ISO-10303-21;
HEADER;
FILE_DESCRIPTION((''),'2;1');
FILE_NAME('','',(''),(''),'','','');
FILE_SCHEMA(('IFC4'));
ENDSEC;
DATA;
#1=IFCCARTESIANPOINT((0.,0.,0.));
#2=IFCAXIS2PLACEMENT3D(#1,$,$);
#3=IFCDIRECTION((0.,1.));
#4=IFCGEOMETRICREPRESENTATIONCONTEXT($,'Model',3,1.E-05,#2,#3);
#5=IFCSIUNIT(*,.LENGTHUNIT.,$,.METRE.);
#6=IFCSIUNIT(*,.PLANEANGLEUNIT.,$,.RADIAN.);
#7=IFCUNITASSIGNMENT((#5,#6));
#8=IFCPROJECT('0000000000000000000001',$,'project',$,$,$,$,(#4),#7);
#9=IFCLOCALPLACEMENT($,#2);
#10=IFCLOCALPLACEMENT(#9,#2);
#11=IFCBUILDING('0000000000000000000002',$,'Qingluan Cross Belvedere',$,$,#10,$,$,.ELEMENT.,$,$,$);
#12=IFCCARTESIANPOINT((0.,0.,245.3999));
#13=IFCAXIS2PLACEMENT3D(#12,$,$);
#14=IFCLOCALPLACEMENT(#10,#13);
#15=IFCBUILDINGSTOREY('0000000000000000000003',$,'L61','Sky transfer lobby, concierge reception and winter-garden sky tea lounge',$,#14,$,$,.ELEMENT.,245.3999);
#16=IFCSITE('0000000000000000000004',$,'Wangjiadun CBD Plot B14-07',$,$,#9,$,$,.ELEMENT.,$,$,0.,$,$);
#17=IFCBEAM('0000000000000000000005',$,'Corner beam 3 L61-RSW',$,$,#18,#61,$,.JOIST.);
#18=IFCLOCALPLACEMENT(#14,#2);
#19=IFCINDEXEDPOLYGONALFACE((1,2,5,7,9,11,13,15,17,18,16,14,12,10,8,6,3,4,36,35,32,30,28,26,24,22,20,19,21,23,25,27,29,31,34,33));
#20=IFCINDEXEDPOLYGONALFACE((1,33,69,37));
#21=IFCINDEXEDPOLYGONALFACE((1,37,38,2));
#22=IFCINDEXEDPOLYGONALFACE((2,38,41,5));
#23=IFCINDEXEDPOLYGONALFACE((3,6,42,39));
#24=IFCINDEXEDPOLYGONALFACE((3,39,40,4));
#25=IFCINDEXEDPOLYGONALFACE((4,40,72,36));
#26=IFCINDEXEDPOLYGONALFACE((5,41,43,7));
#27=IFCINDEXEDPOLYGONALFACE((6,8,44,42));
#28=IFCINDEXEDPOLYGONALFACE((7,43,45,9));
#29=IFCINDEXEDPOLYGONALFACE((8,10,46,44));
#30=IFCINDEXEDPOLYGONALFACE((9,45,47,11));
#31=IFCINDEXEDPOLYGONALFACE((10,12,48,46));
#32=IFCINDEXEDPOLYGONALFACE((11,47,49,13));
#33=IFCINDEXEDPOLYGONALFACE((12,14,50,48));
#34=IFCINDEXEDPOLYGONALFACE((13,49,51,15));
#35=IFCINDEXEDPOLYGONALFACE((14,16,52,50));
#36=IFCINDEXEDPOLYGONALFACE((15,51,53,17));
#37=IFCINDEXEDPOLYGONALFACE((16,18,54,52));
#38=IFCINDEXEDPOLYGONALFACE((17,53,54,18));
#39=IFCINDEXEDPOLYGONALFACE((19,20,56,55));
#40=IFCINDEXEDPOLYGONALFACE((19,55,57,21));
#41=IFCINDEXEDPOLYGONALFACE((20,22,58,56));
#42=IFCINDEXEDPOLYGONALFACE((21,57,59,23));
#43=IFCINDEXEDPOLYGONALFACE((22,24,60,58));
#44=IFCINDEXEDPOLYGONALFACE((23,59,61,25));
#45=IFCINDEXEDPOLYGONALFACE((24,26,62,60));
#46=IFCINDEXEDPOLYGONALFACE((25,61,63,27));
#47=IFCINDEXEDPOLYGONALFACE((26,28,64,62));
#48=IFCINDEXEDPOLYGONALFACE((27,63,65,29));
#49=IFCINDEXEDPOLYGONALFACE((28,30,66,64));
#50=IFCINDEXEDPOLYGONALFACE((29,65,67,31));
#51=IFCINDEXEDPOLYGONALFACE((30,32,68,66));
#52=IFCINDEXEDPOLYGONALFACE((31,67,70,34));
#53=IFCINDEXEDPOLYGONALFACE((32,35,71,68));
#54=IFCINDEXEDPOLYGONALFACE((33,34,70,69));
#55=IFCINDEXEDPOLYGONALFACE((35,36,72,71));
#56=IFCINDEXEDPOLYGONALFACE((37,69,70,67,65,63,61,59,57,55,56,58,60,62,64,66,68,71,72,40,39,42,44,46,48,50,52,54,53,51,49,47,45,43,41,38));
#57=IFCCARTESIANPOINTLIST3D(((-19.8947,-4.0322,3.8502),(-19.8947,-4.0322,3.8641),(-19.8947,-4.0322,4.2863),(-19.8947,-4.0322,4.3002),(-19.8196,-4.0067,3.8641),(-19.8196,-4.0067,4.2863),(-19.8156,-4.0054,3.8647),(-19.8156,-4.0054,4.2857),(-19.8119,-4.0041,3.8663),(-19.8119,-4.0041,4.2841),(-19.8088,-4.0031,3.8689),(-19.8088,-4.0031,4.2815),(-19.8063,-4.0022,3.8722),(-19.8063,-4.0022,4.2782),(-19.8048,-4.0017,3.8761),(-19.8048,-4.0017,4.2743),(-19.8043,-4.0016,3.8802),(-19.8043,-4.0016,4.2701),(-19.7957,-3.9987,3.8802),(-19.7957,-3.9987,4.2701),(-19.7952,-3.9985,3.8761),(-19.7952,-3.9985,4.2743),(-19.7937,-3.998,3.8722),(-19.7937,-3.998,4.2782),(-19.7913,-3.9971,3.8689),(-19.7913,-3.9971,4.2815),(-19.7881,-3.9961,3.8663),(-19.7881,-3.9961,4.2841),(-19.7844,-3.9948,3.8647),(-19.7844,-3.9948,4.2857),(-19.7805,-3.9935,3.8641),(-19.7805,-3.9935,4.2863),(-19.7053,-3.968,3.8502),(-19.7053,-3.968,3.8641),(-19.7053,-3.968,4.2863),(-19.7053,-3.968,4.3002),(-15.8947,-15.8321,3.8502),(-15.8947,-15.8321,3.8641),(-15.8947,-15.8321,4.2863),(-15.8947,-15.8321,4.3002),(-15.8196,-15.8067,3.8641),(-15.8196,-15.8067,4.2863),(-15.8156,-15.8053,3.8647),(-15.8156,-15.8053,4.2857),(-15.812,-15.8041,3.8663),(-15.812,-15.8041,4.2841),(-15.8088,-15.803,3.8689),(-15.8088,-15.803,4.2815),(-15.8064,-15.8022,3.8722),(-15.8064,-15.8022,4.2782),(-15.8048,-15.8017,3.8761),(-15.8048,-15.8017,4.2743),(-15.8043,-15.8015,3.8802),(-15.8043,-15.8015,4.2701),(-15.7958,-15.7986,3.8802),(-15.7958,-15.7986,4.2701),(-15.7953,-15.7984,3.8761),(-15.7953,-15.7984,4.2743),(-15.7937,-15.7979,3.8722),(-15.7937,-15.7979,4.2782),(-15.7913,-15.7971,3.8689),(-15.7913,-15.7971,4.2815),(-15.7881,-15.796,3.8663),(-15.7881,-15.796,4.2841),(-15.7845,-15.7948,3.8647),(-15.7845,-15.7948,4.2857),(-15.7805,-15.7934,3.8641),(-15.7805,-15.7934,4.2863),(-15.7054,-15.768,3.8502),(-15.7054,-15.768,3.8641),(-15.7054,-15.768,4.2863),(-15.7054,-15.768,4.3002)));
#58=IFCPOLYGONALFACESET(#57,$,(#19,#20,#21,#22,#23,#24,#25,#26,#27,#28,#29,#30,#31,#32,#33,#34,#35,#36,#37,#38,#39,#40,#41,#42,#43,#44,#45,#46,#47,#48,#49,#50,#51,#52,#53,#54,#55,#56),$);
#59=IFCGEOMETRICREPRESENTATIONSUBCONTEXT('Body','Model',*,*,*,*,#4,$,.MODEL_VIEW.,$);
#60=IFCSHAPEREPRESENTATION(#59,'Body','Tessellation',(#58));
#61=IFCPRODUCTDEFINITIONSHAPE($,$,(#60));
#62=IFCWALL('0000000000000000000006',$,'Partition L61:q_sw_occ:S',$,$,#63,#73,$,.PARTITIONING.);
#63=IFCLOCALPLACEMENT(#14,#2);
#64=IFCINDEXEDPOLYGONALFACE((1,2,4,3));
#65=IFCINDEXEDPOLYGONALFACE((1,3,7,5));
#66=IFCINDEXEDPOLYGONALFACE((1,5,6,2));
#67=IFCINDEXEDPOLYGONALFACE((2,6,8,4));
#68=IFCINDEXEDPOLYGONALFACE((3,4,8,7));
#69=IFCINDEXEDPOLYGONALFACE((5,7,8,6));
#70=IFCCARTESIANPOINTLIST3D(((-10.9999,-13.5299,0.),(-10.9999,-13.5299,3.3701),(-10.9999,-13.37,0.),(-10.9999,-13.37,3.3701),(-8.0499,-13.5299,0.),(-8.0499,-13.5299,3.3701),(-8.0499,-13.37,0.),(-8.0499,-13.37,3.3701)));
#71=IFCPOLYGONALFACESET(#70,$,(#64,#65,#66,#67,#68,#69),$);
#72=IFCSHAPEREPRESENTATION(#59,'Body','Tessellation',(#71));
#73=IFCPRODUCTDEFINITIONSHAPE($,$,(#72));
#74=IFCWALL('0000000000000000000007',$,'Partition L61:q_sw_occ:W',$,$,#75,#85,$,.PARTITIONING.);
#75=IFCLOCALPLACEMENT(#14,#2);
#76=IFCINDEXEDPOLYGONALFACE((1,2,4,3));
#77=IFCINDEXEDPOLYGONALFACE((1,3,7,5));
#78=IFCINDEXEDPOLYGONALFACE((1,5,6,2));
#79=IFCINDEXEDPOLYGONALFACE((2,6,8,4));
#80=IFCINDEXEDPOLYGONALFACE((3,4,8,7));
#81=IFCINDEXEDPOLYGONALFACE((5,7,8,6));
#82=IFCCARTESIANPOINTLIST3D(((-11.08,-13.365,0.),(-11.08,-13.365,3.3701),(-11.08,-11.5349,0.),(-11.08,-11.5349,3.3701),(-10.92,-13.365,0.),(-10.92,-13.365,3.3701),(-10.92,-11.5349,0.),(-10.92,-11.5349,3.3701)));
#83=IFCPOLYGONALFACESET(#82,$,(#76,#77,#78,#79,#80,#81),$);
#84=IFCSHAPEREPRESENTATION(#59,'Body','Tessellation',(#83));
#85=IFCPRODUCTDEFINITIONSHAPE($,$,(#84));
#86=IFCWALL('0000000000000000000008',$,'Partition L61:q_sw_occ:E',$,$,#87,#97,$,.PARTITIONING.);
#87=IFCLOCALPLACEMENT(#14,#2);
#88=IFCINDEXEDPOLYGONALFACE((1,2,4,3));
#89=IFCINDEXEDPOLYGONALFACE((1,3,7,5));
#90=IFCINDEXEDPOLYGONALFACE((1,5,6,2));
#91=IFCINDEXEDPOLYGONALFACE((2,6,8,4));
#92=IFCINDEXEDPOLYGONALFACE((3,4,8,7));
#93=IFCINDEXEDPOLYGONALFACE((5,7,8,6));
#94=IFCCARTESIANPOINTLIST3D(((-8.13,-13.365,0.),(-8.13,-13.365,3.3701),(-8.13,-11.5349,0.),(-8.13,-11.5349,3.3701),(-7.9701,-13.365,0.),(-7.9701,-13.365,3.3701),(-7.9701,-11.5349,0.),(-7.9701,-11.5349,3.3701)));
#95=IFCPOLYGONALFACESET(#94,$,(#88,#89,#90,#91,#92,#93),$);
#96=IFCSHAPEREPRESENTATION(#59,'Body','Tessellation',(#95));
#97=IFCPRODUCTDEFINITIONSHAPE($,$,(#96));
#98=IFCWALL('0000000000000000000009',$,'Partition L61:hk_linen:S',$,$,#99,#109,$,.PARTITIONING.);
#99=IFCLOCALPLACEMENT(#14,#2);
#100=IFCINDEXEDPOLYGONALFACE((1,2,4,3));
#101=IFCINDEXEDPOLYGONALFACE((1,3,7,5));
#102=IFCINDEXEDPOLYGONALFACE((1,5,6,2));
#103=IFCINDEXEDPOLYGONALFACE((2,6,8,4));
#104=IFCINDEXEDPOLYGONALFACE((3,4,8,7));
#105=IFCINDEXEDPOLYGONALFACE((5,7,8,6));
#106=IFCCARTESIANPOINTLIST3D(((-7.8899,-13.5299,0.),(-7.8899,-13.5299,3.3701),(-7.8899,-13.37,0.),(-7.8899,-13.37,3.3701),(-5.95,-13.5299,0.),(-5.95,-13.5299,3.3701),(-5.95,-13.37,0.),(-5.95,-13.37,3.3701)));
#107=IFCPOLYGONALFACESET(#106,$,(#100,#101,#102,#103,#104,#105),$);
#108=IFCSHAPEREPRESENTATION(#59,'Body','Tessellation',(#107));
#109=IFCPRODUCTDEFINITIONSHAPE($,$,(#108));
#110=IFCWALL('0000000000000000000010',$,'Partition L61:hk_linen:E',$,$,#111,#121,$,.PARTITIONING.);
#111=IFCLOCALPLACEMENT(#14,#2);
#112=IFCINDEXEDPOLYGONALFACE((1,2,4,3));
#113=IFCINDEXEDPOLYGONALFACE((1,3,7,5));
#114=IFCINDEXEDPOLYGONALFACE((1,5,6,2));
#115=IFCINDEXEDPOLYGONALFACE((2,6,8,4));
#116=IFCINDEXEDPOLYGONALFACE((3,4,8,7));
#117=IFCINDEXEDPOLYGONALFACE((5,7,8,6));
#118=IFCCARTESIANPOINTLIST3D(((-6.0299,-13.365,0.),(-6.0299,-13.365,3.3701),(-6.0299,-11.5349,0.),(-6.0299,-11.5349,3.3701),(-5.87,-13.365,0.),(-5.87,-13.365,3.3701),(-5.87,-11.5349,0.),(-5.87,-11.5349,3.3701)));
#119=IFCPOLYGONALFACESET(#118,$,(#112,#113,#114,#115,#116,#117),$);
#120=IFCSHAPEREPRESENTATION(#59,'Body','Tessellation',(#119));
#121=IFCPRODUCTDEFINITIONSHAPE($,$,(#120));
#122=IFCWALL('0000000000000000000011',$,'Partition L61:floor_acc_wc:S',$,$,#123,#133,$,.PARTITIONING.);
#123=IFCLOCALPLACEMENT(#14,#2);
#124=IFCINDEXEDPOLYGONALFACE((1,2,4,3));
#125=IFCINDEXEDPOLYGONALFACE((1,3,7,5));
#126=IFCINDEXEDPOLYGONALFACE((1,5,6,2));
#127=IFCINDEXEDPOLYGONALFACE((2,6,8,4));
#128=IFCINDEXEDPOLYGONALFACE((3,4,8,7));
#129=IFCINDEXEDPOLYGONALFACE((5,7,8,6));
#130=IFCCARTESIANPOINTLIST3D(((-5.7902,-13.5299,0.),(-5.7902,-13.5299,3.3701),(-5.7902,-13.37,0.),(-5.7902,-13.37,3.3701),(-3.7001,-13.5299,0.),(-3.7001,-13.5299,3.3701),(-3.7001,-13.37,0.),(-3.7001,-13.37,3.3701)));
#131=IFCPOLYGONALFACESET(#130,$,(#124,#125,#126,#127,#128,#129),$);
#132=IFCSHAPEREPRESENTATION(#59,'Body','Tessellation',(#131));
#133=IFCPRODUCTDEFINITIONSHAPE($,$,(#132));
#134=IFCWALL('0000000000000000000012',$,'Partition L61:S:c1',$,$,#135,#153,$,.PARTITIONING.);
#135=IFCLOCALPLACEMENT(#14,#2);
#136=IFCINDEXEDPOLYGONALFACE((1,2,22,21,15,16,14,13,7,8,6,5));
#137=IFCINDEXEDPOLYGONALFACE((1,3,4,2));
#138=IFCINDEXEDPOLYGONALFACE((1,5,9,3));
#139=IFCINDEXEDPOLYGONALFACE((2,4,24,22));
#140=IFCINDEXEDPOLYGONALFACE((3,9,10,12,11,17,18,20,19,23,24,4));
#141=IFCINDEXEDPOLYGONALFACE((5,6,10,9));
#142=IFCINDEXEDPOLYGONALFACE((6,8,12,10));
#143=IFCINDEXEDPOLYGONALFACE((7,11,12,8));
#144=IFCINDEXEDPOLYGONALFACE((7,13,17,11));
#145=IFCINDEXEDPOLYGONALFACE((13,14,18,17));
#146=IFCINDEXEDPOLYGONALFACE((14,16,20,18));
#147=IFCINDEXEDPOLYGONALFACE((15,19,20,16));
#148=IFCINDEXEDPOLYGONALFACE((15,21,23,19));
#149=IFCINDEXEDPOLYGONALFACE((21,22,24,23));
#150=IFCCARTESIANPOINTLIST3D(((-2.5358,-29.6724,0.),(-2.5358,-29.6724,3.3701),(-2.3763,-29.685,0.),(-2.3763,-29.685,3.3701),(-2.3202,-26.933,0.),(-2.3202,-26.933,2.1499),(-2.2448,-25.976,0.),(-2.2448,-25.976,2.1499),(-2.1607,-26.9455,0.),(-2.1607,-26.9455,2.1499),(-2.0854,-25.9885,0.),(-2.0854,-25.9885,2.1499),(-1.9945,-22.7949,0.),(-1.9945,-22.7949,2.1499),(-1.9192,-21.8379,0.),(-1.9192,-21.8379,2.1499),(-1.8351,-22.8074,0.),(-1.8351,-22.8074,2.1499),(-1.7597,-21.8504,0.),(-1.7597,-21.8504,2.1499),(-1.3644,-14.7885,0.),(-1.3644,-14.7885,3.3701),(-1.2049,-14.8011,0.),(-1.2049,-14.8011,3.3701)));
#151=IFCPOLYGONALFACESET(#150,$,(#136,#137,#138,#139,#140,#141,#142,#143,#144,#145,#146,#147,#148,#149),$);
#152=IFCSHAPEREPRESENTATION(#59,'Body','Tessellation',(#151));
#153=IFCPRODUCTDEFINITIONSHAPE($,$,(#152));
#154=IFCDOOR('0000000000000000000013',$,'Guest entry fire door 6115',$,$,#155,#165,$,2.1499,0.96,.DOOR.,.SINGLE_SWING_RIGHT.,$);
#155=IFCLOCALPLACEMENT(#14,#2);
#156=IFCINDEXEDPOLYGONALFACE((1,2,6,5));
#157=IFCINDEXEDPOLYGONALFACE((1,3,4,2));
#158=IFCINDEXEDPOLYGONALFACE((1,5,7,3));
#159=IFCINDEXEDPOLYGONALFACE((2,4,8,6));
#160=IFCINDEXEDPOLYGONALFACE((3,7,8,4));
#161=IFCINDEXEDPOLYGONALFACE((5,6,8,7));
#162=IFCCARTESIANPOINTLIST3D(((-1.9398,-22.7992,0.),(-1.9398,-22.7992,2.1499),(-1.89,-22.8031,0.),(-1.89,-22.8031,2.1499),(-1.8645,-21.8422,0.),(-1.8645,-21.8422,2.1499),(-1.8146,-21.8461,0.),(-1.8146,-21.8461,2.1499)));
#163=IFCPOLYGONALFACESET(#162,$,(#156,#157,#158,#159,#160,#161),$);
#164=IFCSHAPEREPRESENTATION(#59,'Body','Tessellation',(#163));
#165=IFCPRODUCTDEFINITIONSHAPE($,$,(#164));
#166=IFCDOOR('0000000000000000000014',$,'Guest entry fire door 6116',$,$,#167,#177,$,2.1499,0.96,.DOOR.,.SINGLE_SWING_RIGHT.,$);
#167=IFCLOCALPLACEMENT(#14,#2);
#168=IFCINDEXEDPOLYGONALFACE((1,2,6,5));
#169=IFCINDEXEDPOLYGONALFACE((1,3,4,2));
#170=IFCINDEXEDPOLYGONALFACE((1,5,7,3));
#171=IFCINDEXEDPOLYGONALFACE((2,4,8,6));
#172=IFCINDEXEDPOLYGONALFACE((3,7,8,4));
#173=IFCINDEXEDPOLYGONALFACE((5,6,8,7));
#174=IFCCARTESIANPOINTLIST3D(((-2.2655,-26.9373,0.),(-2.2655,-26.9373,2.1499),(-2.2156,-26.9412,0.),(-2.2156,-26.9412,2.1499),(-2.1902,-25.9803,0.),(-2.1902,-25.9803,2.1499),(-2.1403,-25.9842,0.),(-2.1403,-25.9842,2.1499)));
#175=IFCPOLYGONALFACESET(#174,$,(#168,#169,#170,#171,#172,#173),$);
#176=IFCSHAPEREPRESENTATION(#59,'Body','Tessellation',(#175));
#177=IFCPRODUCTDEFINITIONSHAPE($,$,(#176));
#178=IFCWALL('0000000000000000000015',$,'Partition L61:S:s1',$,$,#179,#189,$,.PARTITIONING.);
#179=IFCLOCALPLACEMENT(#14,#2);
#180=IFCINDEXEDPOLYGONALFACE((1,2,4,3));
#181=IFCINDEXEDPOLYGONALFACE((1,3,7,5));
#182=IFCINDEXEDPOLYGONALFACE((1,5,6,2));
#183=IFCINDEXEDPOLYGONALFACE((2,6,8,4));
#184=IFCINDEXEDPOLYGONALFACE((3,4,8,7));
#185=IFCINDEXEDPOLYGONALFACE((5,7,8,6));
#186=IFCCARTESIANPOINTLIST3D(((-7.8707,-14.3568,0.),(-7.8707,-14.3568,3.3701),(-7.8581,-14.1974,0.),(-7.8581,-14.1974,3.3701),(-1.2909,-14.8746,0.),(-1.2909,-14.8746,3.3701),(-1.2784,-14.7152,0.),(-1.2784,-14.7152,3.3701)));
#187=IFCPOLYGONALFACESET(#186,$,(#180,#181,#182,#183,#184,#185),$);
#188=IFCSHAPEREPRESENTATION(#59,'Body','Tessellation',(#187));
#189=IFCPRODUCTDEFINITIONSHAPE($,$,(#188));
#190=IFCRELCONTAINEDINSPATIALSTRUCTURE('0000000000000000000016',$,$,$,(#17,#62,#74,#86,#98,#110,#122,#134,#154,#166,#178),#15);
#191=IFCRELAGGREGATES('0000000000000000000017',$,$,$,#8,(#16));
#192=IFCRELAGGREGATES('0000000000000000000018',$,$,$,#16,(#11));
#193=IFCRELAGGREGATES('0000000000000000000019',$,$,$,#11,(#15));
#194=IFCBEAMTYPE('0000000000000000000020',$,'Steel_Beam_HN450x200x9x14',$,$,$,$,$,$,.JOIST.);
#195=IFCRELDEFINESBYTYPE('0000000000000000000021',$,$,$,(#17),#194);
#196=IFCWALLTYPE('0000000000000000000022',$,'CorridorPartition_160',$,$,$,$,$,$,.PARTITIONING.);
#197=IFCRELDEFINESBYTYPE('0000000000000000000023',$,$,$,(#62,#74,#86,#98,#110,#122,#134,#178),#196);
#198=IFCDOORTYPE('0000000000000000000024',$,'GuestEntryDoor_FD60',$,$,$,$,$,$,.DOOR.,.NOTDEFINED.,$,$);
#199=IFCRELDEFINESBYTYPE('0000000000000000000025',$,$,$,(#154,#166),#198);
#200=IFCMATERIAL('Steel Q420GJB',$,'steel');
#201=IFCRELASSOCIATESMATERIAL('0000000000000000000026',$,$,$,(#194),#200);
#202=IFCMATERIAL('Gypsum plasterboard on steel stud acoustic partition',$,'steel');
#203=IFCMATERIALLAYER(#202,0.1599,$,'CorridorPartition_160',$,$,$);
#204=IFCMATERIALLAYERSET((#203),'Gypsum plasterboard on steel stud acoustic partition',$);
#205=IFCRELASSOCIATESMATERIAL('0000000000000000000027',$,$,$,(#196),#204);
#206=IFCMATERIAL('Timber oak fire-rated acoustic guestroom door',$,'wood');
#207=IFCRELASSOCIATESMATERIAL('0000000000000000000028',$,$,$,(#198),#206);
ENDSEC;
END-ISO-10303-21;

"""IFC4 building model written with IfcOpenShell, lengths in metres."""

from ifc_helpers import new_model, si_unit, direction, frame, frame_2d, origin, origin_2d, place, context, subcontext, project, spatial, rectangle, i_section, extrude, material, layer, layer_set, material_profile, profile_set, type_object, element, fill, save


model = new_model("IFC4")

# Units and contexts
model_context = context("Model", 3, precision=1e-05, world=origin(), true_north=direction((0.0, 1.0)))
body_context = subcontext(model_context, "Body", "Model", "MODEL_VIEW")
ifc_project = project(units=[si_unit("LENGTHUNIT", "METRE"), si_unit("PLANEANGLEUNIT", "RADIAN")], contexts=[model_context])

# Site, building, storey
site_placement = place(None, origin())
site = spatial("IfcSite", under=ifc_project, at=site_placement, Name="Wangjiadun CBD Plot B14-07", CompositionType="ELEMENT", RefElevation=0.0)
building_placement = place(site_placement, origin())
building = spatial("IfcBuilding", under=site, at=building_placement, Name="Qingluan Cross Belvedere", CompositionType="ELEMENT")
storey_placement = place(building_placement, frame((0.0, 0.0, 245.3999)))
storey = spatial("IfcBuildingStorey", under=building, at=storey_placement, Name="L61", Description="Sky transfer lobby, concierge reception and winter-garden sky tea lounge", CompositionType="ELEMENT", Elevation=245.3999)

# Beam
ifc_material_1 = material(Name="Steel Q420GJB", Category="steel")
ifc_material_profile = material_profile(ifc_material_1, i_section(OverallWidth=0.2, OverallDepth=0.45, WebThickness=0.009, FlangeThickness=0.0139, FilletRadius=0.0161, at=origin_2d()), Name="HN450x200x9x14")
ifc_profile_set = profile_set([ifc_material_profile], Name="Steel Q420GJB")
beam_type = type_object("IfcBeamType", Name="Steel_Beam_HN450x200x9x14", PredefinedType="JOIST", material=ifc_profile_set)
beam_placement = place(storey_placement, frame((-15.8, -15.8, 4.0752), z_axis=(-0.321038, 0.947066, 0.0), x_axis=(-0.947066, -0.321038, 0.0)))
element("IfcBeam", 1, at=beam_placement, inside=storey, type_object=beam_type, Name="Corner beam 3 L61-RSW", PredefinedType="JOIST", context=body_context, shape_type="SweptSolid", body=[
    extrude(i_section(OverallWidth=0.2, OverallDepth=0.45, WebThickness=0.009, FlangeThickness=0.0139, FilletRadius=0.0161, at=origin_2d()), origin(), (0.0, 0.0, 1.0), 12.4595),
])

# Walls
ifc_material_2 = material(Name="Gypsum plasterboard on steel stud acoustic partition", Category="steel")
ifc_layer_1 = layer(ifc_material_2, 0.1599, Name="CorridorPartition_160")
ifc_layer_set_1 = layer_set([ifc_layer_1], Name="Gypsum plasterboard on steel stud acoustic partition")
wall_type_1 = type_object("IfcWallType", Name="CorridorPartition_160", PredefinedType="PARTITIONING", material=ifc_layer_set_1)
wall_1_placement = place(storey_placement, frame((-11.0, -13.45, 0.0), z_axis=(0.0, 0.0, 1.0), x_axis=(1.0, 0.0, 0.0)))
element("IfcWall", 2, at=wall_1_placement, inside=storey, type_object=wall_type_1, Name="Partition L61:q_sw_occ:S", PredefinedType="PARTITIONING", context=body_context, shape_type="SweptSolid", body=[
    extrude(rectangle(XDim=2.95, YDim=0.1599, at=frame_2d((1.4751, 0.0))), origin(), (0.0, 0.0, 1.0), 3.3701),
])
for number, where, z_axis, x_axis, name in (
    (3, (-11.0, -13.365, 0.0), (0.0, 0.0, 1.0), (0.0, 1.0, 0.0), "Partition L61:q_sw_occ:W"),
    (4, (-8.05, -13.365, 0.0), (0.0, 0.0, 1.0), (0.0, 1.0, 0.0), "Partition L61:q_sw_occ:E"),
):
    element("IfcWall", number, at=place(storey_placement, frame(where, z_axis=z_axis, x_axis=x_axis)), inside=storey, type_object=wall_type_1, Name=name, PredefinedType="PARTITIONING", context=body_context, shape_type="SweptSolid", body=[
        extrude(rectangle(XDim=1.8301, YDim=0.1599, at=frame_2d((0.915, 0.0))), origin(), (0.0, 0.0, 1.0), 3.3701),
    ])
wall_2_placement = place(storey_placement, frame((-7.8899, -13.45, 0.0), z_axis=(0.0, 0.0, 1.0), x_axis=(1.0, 0.0, 0.0)))
element("IfcWall", 5, at=wall_2_placement, inside=storey, type_object=wall_type_1, Name="Partition L61:hk_linen:S", PredefinedType="PARTITIONING", context=body_context, shape_type="SweptSolid", body=[
    extrude(rectangle(XDim=1.9399, YDim=0.1599, at=frame_2d((0.97, 0.0))), origin(), (0.0, 0.0, 1.0), 3.3701),
])
wall_3_placement = place(storey_placement, frame((-5.95, -13.365, 0.0), z_axis=(0.0, 0.0, 1.0), x_axis=(0.0, 1.0, 0.0)))
element("IfcWall", 6, at=wall_3_placement, inside=storey, type_object=wall_type_1, Name="Partition L61:hk_linen:E", PredefinedType="PARTITIONING", context=body_context, shape_type="SweptSolid", body=[
    extrude(rectangle(XDim=1.8301, YDim=0.1599, at=frame_2d((0.915, 0.0))), origin(), (0.0, 0.0, 1.0), 3.3701),
])
wall_4_placement = place(storey_placement, frame((-5.79, -13.45, 0.0), z_axis=(0.0, 0.0, 1.0), x_axis=(1.0, 0.0, 0.0)))
element("IfcWall", 7, at=wall_4_placement, inside=storey, type_object=wall_type_1, Name="Partition L61:floor_acc_wc:S", PredefinedType="PARTITIONING", context=body_context, shape_type="SweptSolid", body=[
    extrude(rectangle(XDim=2.0901, YDim=0.1599, at=frame_2d((1.0449, 0.0))), origin(), (0.0, 0.0, 1.0), 3.3701),
])

# Wall, openings, doors
wall_5_placement = place(storey_placement, frame((-1.2847, -14.7949, 0.0), z_axis=(0.0, 0.0, 1.0), x_axis=(-0.07846, -0.996917, 0.0)))
wall_5 = element("IfcWall", 8, at=wall_5_placement, inside=storey, type_object=wall_type_1, Name="Partition L61:S:c1", PredefinedType="PARTITIONING", context=body_context, shape_type="SweptSolid", body=[
    extrude(rectangle(XDim=14.9299, YDim=0.1599, at=frame_2d((7.4648, 0.0))), origin(), (0.0, 0.0, 1.0), 3.3701),
])
opening_1_placement = place(wall_5_placement, frame((7.071, 0.0, 0.0)))
opening_1 = element("IfcOpeningElement", 9, at=opening_1_placement, cuts=wall_5, PredefinedType="OPENING", context=body_context, shape_type="SweptSolid", body=[
    extrude(rectangle(XDim=0.96, YDim=2.1499, at=frame_2d((0.48, 1.075))), frame((0.0, 0.0898, 0.0), z_axis=(0.0, -1.0, 0.0), x_axis=(1.0, 0.0, 0.0)), (0.0, 0.0, 1.0), 0.1799),
])
opening_2_placement = place(wall_5_placement, frame((11.2219, 0.0, 0.0)))
opening_2 = element("IfcOpeningElement", 10, at=opening_2_placement, cuts=wall_5, PredefinedType="OPENING", context=body_context, shape_type="SweptSolid", body=[
    extrude(rectangle(XDim=0.96, YDim=2.1499, at=frame_2d((0.48, 1.075))), frame((0.0, 0.0898, 0.0), z_axis=(0.0, -1.0, 0.0), x_axis=(1.0, 0.0, 0.0)), (0.0, 0.0, 1.0), 0.1799),
])
ifc_material_3 = material(Name="Timber oak fire-rated acoustic guestroom door", Category="wood")
door_type = type_object("IfcDoorType", Name="GuestEntryDoor_FD60", OperationType="NOTDEFINED", PredefinedType="DOOR", material=ifc_material_3)
door_1_placement = place(opening_1_placement, origin())
door_1 = element("IfcDoor", 11, at=door_1_placement, inside=storey, type_object=door_type, Name="Guest entry fire door 6115", OperationType="SINGLE_SWING_RIGHT", OverallHeight=2.1499, OverallWidth=0.96, PredefinedType="DOOR", context=body_context, shape_type="SweptSolid", body=[
    extrude(rectangle(XDim=0.96, YDim=2.1499, at=frame_2d((0.48, 1.075))), frame((0.0, 0.0249, 0.0), z_axis=(0.0, -1.0, 0.0), x_axis=(1.0, 0.0, 0.0)), (0.0, 0.0, 1.0), 0.05),
])
fill(opening_1, door_1)
door_2_placement = place(opening_2_placement, origin())
door_2 = element("IfcDoor", 12, at=door_2_placement, inside=storey, type_object=door_type, Name="Guest entry fire door 6116", OperationType="SINGLE_SWING_RIGHT", OverallHeight=2.1499, OverallWidth=0.96, PredefinedType="DOOR", context=body_context, shape_type="SweptSolid", body=[
    extrude(rectangle(XDim=0.96, YDim=2.1499, at=frame_2d((0.48, 1.075))), frame((0.0, 0.0249, 0.0), z_axis=(0.0, -1.0, 0.0), x_axis=(1.0, 0.0, 0.0)), (0.0, 0.0, 1.0), 0.05),
])
fill(opening_2, door_2)

# Wall
wall_6_placement = place(storey_placement, frame((-1.2847, -14.7949, 0.0), z_axis=(0.0, 0.0, 1.0), x_axis=(-0.996918, 0.078456, 0.0)))
element("IfcWall", 13, at=wall_6_placement, inside=storey, type_object=wall_type_1, Name="Partition L61:S:s1", PredefinedType="PARTITIONING", context=body_context, shape_type="SweptSolid", body=[
    extrude(rectangle(XDim=6.6001, YDim=0.1599, at=frame_2d((3.3, 0.0))), origin(), (0.0, 0.0, 1.0), 3.3701),
])

save(model, "model.ifc")
